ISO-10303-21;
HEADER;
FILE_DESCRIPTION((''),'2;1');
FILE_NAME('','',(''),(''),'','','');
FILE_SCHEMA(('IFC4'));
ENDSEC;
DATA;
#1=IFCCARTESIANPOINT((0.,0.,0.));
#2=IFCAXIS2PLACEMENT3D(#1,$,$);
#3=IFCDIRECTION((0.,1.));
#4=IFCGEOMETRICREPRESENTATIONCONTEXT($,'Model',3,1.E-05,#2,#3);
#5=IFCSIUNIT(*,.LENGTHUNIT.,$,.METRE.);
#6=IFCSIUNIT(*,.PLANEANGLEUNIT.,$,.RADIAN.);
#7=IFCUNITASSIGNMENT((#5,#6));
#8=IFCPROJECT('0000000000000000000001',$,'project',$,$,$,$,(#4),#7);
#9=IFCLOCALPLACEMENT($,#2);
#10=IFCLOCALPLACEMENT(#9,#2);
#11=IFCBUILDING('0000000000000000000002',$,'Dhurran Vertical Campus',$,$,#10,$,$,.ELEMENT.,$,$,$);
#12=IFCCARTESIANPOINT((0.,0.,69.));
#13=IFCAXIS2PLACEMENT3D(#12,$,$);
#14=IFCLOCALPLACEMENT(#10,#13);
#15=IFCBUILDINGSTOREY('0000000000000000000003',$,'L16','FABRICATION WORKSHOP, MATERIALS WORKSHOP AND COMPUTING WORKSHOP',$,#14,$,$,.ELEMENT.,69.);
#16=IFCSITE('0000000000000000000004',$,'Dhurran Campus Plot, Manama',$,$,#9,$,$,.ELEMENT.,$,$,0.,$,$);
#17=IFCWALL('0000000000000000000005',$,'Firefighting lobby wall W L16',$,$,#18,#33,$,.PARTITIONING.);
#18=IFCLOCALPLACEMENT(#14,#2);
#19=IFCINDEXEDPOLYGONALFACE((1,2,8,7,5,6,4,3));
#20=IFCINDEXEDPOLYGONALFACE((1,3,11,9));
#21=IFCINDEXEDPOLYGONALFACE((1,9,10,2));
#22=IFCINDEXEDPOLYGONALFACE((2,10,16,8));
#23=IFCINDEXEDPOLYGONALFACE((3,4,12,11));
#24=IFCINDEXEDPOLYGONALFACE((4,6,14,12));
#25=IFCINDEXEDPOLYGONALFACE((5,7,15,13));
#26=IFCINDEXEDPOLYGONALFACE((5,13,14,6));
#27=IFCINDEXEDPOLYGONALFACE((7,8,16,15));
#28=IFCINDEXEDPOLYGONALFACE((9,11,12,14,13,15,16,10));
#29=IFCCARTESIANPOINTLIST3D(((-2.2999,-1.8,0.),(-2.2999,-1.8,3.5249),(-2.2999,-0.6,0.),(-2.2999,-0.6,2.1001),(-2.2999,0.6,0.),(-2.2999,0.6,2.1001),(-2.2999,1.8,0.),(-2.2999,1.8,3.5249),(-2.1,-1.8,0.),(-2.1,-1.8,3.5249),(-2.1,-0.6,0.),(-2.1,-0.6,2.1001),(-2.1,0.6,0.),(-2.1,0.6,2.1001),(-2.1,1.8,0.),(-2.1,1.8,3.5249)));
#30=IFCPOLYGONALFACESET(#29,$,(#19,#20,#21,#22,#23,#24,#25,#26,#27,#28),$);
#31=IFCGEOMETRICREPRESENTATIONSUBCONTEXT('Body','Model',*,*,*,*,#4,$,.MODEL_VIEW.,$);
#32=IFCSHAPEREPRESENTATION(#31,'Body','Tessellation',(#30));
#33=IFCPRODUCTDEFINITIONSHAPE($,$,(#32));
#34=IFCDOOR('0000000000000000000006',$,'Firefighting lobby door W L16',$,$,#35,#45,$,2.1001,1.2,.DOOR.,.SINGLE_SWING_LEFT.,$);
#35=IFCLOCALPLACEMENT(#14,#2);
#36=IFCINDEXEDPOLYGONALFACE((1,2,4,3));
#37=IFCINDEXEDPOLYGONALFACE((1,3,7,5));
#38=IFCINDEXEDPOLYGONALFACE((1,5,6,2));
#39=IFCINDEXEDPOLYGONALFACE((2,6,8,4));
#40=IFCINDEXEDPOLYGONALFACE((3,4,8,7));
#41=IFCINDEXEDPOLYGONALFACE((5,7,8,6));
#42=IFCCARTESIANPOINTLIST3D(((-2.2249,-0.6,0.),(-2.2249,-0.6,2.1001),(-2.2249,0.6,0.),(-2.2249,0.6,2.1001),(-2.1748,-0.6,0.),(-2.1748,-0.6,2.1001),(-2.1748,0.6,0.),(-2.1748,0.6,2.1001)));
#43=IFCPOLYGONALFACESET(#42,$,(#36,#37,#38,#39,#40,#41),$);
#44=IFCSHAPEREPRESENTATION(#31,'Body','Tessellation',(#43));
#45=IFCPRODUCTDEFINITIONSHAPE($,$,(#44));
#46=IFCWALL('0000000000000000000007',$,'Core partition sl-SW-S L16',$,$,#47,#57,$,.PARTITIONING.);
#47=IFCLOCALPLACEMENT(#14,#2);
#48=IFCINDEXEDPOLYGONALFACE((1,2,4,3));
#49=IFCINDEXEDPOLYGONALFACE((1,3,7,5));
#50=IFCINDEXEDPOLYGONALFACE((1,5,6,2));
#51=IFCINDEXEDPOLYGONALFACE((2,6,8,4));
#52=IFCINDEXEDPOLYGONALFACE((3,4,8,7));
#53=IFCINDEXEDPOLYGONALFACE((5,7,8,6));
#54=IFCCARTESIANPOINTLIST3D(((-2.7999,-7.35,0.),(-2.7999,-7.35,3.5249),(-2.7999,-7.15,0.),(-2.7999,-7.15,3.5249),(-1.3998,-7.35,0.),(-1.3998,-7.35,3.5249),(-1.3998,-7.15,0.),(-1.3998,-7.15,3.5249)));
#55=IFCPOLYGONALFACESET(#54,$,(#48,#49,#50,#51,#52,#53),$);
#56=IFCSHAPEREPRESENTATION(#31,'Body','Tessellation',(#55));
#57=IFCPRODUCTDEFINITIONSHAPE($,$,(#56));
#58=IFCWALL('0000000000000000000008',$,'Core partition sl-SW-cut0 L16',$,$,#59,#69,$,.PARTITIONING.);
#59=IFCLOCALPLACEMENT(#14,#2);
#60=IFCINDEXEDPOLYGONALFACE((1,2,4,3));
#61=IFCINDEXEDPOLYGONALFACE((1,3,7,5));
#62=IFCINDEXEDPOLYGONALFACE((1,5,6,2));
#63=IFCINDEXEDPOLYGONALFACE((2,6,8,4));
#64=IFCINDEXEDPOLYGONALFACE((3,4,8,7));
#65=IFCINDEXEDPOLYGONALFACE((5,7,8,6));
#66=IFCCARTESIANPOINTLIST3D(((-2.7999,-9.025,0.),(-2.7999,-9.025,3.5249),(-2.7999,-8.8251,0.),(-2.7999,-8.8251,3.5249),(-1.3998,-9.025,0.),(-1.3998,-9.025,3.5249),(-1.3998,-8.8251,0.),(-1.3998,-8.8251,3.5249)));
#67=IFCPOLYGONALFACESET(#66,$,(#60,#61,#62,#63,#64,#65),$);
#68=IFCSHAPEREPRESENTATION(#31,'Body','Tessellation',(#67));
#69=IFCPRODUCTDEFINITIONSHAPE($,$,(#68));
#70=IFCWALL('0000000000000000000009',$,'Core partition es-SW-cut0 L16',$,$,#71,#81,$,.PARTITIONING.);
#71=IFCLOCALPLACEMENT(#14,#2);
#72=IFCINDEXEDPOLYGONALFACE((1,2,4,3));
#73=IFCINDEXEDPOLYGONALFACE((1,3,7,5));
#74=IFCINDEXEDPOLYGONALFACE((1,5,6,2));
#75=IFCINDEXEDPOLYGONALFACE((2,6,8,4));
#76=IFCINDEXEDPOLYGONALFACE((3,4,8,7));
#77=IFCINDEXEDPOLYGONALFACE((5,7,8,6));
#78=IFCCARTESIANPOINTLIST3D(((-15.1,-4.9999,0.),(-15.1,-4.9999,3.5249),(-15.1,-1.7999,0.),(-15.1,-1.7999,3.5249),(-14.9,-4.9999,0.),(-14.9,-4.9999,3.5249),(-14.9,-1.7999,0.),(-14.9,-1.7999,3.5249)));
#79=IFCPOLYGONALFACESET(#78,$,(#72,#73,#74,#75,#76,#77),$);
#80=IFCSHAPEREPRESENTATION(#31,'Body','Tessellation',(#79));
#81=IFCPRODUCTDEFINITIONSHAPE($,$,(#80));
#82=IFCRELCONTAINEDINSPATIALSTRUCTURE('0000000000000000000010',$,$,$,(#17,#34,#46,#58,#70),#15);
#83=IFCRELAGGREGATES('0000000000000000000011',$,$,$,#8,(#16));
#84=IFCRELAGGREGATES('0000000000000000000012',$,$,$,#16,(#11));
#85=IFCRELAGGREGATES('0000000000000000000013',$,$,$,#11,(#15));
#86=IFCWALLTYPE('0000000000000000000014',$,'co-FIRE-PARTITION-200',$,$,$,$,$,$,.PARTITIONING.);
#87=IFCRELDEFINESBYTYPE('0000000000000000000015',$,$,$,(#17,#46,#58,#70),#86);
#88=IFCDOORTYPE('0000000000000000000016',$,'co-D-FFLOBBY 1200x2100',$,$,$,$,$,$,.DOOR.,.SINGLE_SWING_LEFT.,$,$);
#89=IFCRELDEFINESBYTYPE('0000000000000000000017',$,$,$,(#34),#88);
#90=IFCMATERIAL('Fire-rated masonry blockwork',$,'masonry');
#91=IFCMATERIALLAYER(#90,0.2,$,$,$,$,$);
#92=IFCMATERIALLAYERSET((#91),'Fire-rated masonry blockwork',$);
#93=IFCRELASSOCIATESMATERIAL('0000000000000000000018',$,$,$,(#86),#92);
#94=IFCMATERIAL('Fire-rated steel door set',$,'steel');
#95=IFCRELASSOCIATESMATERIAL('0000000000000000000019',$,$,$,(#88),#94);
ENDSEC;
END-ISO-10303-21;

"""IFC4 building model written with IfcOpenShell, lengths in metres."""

from ifc_helpers import new_model, si_unit, direction, frame, frame_2d, origin, place, context, subcontext, project, spatial, rectangle, extrude, material, layer, layer_set, type_object, element, fill, save


model = new_model("IFC4")

# Units and contexts
model_context = context("Model", 3, precision=1e-05, world=origin(), true_north=direction((0.0, 1.0)))
body_context = subcontext(model_context, "Body", "Model", "MODEL_VIEW")
ifc_project = project(units=[si_unit("LENGTHUNIT", "METRE"), si_unit("PLANEANGLEUNIT", "RADIAN")], contexts=[model_context])

# Site, building, storey
site_placement = place(None, origin())
site = spatial("IfcSite", under=ifc_project, at=site_placement, Name="Dhurran Campus Plot, Manama", CompositionType="ELEMENT", RefElevation=0.0)
building_placement = place(site_placement, origin())
building = spatial("IfcBuilding", under=site, at=building_placement, Name="Dhurran Vertical Campus", CompositionType="ELEMENT")
storey_placement = place(building_placement, frame((0.0, 0.0, 69.0)))
storey = spatial("IfcBuildingStorey", under=building, at=storey_placement, Name="L16", Description="FABRICATION WORKSHOP, MATERIALS WORKSHOP AND COMPUTING WORKSHOP", CompositionType="ELEMENT", Elevation=69.0)

# Wall, opening, door
ifc_material_1 = material(Name="Fire-rated masonry blockwork", Category="masonry")
ifc_layer_1 = layer(ifc_material_1, 0.2)
ifc_layer_set_1 = layer_set([ifc_layer_1], Name="Fire-rated masonry blockwork")
wall_type_1 = type_object("IfcWallType", Name="co-FIRE-PARTITION-200", PredefinedType="PARTITIONING", material=ifc_layer_set_1)
wall_1_placement = place(storey_placement, frame((-2.2, -1.8, 0.0), z_axis=(0.0, 0.0, 1.0), x_axis=(0.0, 1.0, 0.0)))
wall_1 = element("IfcWall", 1, at=wall_1_placement, inside=storey, type_object=wall_type_1, Name="Firefighting lobby wall W L16", PredefinedType="PARTITIONING", context=body_context, shape_type="SweptSolid", body=[
    extrude(rectangle(XDim=3.6001, YDim=0.2, at=frame_2d((1.8, 0.0))), origin(), (0.0, 0.0, 1.0), 3.5249),
])
opening_1_placement = place(wall_1_placement, frame((1.2, 0.0, 0.0)))
opening_1 = element("IfcOpeningElement", 2, at=opening_1_placement, cuts=wall_1, PredefinedType="OPENING", context=body_context, shape_type="SweptSolid", body=[
    extrude(rectangle(XDim=1.2, YDim=2.1001, at=frame_2d((0.6001, 1.05))), frame((0.0, 0.1099, 0.0), z_axis=(0.0, -1.0, 0.0), x_axis=(1.0, 0.0, 0.0)), (0.0, 0.0, 1.0), 0.22),
])
ifc_material_2 = material(Name="Fire-rated steel door set", Category="steel")
door_type_1 = type_object("IfcDoorType", Name="co-D-FFLOBBY 1200x2100", OperationType="SINGLE_SWING_LEFT", PredefinedType="DOOR", material=ifc_material_2)
door_1_placement = place(opening_1_placement, origin())
door_1 = element("IfcDoor", 3, at=door_1_placement, inside=storey, type_object=door_type_1, Name="Firefighting lobby door W L16", OperationType="SINGLE_SWING_LEFT", OverallHeight=2.1001, OverallWidth=1.2, PredefinedType="DOOR", context=body_context, shape_type="SweptSolid", body=[
    extrude(rectangle(XDim=1.2, YDim=2.1001, at=frame_2d((0.6001, 1.05))), frame((0.0, 0.0249, 0.0), z_axis=(0.0, -1.0, 0.0), x_axis=(1.0, 0.0, 0.0)), (0.0, 0.0, 1.0), 0.05),
])
fill(opening_1, door_1)

# Walls
for number, where, z_axis, x_axis, name in (
    (4, (-2.8, -7.25, 0.0), (0.0, 0.0, 1.0), (1.0, 0.0, 0.0), "Core partition sl-SW-S L16"),
    (5, (-2.8, -8.925, 0.0), (0.0, 0.0, 1.0), (1.0, 0.0, 0.0), "Core partition sl-SW-cut0 L16"),
):
    element("IfcWall", number, at=place(storey_placement, frame(where, z_axis=z_axis, x_axis=x_axis)), inside=storey, type_object=wall_type_1, Name=name, PredefinedType="PARTITIONING", context=body_context, shape_type="SweptSolid", body=[
        extrude(rectangle(XDim=1.4001, YDim=0.2, at=frame_2d((0.7002, 0.0))), origin(), (0.0, 0.0, 1.0), 3.5249),
    ])
wall_2_placement = place(storey_placement, frame((-15.0, -5.0, 0.0), z_axis=(0.0, 0.0, 1.0), x_axis=(0.0, 1.0, 0.0)))
element("IfcWall", 6, at=wall_2_placement, inside=storey, type_object=wall_type_1, Name="Core partition es-SW-cut0 L16", PredefinedType="PARTITIONING", context=body_context, shape_type="SweptSolid", body=[
    extrude(rectangle(XDim=3.2, YDim=0.2, at=frame_2d((1.6001, 0.0))), origin(), (0.0, 0.0, 1.0), 3.5249),
])

save(model, "model.ifc")
